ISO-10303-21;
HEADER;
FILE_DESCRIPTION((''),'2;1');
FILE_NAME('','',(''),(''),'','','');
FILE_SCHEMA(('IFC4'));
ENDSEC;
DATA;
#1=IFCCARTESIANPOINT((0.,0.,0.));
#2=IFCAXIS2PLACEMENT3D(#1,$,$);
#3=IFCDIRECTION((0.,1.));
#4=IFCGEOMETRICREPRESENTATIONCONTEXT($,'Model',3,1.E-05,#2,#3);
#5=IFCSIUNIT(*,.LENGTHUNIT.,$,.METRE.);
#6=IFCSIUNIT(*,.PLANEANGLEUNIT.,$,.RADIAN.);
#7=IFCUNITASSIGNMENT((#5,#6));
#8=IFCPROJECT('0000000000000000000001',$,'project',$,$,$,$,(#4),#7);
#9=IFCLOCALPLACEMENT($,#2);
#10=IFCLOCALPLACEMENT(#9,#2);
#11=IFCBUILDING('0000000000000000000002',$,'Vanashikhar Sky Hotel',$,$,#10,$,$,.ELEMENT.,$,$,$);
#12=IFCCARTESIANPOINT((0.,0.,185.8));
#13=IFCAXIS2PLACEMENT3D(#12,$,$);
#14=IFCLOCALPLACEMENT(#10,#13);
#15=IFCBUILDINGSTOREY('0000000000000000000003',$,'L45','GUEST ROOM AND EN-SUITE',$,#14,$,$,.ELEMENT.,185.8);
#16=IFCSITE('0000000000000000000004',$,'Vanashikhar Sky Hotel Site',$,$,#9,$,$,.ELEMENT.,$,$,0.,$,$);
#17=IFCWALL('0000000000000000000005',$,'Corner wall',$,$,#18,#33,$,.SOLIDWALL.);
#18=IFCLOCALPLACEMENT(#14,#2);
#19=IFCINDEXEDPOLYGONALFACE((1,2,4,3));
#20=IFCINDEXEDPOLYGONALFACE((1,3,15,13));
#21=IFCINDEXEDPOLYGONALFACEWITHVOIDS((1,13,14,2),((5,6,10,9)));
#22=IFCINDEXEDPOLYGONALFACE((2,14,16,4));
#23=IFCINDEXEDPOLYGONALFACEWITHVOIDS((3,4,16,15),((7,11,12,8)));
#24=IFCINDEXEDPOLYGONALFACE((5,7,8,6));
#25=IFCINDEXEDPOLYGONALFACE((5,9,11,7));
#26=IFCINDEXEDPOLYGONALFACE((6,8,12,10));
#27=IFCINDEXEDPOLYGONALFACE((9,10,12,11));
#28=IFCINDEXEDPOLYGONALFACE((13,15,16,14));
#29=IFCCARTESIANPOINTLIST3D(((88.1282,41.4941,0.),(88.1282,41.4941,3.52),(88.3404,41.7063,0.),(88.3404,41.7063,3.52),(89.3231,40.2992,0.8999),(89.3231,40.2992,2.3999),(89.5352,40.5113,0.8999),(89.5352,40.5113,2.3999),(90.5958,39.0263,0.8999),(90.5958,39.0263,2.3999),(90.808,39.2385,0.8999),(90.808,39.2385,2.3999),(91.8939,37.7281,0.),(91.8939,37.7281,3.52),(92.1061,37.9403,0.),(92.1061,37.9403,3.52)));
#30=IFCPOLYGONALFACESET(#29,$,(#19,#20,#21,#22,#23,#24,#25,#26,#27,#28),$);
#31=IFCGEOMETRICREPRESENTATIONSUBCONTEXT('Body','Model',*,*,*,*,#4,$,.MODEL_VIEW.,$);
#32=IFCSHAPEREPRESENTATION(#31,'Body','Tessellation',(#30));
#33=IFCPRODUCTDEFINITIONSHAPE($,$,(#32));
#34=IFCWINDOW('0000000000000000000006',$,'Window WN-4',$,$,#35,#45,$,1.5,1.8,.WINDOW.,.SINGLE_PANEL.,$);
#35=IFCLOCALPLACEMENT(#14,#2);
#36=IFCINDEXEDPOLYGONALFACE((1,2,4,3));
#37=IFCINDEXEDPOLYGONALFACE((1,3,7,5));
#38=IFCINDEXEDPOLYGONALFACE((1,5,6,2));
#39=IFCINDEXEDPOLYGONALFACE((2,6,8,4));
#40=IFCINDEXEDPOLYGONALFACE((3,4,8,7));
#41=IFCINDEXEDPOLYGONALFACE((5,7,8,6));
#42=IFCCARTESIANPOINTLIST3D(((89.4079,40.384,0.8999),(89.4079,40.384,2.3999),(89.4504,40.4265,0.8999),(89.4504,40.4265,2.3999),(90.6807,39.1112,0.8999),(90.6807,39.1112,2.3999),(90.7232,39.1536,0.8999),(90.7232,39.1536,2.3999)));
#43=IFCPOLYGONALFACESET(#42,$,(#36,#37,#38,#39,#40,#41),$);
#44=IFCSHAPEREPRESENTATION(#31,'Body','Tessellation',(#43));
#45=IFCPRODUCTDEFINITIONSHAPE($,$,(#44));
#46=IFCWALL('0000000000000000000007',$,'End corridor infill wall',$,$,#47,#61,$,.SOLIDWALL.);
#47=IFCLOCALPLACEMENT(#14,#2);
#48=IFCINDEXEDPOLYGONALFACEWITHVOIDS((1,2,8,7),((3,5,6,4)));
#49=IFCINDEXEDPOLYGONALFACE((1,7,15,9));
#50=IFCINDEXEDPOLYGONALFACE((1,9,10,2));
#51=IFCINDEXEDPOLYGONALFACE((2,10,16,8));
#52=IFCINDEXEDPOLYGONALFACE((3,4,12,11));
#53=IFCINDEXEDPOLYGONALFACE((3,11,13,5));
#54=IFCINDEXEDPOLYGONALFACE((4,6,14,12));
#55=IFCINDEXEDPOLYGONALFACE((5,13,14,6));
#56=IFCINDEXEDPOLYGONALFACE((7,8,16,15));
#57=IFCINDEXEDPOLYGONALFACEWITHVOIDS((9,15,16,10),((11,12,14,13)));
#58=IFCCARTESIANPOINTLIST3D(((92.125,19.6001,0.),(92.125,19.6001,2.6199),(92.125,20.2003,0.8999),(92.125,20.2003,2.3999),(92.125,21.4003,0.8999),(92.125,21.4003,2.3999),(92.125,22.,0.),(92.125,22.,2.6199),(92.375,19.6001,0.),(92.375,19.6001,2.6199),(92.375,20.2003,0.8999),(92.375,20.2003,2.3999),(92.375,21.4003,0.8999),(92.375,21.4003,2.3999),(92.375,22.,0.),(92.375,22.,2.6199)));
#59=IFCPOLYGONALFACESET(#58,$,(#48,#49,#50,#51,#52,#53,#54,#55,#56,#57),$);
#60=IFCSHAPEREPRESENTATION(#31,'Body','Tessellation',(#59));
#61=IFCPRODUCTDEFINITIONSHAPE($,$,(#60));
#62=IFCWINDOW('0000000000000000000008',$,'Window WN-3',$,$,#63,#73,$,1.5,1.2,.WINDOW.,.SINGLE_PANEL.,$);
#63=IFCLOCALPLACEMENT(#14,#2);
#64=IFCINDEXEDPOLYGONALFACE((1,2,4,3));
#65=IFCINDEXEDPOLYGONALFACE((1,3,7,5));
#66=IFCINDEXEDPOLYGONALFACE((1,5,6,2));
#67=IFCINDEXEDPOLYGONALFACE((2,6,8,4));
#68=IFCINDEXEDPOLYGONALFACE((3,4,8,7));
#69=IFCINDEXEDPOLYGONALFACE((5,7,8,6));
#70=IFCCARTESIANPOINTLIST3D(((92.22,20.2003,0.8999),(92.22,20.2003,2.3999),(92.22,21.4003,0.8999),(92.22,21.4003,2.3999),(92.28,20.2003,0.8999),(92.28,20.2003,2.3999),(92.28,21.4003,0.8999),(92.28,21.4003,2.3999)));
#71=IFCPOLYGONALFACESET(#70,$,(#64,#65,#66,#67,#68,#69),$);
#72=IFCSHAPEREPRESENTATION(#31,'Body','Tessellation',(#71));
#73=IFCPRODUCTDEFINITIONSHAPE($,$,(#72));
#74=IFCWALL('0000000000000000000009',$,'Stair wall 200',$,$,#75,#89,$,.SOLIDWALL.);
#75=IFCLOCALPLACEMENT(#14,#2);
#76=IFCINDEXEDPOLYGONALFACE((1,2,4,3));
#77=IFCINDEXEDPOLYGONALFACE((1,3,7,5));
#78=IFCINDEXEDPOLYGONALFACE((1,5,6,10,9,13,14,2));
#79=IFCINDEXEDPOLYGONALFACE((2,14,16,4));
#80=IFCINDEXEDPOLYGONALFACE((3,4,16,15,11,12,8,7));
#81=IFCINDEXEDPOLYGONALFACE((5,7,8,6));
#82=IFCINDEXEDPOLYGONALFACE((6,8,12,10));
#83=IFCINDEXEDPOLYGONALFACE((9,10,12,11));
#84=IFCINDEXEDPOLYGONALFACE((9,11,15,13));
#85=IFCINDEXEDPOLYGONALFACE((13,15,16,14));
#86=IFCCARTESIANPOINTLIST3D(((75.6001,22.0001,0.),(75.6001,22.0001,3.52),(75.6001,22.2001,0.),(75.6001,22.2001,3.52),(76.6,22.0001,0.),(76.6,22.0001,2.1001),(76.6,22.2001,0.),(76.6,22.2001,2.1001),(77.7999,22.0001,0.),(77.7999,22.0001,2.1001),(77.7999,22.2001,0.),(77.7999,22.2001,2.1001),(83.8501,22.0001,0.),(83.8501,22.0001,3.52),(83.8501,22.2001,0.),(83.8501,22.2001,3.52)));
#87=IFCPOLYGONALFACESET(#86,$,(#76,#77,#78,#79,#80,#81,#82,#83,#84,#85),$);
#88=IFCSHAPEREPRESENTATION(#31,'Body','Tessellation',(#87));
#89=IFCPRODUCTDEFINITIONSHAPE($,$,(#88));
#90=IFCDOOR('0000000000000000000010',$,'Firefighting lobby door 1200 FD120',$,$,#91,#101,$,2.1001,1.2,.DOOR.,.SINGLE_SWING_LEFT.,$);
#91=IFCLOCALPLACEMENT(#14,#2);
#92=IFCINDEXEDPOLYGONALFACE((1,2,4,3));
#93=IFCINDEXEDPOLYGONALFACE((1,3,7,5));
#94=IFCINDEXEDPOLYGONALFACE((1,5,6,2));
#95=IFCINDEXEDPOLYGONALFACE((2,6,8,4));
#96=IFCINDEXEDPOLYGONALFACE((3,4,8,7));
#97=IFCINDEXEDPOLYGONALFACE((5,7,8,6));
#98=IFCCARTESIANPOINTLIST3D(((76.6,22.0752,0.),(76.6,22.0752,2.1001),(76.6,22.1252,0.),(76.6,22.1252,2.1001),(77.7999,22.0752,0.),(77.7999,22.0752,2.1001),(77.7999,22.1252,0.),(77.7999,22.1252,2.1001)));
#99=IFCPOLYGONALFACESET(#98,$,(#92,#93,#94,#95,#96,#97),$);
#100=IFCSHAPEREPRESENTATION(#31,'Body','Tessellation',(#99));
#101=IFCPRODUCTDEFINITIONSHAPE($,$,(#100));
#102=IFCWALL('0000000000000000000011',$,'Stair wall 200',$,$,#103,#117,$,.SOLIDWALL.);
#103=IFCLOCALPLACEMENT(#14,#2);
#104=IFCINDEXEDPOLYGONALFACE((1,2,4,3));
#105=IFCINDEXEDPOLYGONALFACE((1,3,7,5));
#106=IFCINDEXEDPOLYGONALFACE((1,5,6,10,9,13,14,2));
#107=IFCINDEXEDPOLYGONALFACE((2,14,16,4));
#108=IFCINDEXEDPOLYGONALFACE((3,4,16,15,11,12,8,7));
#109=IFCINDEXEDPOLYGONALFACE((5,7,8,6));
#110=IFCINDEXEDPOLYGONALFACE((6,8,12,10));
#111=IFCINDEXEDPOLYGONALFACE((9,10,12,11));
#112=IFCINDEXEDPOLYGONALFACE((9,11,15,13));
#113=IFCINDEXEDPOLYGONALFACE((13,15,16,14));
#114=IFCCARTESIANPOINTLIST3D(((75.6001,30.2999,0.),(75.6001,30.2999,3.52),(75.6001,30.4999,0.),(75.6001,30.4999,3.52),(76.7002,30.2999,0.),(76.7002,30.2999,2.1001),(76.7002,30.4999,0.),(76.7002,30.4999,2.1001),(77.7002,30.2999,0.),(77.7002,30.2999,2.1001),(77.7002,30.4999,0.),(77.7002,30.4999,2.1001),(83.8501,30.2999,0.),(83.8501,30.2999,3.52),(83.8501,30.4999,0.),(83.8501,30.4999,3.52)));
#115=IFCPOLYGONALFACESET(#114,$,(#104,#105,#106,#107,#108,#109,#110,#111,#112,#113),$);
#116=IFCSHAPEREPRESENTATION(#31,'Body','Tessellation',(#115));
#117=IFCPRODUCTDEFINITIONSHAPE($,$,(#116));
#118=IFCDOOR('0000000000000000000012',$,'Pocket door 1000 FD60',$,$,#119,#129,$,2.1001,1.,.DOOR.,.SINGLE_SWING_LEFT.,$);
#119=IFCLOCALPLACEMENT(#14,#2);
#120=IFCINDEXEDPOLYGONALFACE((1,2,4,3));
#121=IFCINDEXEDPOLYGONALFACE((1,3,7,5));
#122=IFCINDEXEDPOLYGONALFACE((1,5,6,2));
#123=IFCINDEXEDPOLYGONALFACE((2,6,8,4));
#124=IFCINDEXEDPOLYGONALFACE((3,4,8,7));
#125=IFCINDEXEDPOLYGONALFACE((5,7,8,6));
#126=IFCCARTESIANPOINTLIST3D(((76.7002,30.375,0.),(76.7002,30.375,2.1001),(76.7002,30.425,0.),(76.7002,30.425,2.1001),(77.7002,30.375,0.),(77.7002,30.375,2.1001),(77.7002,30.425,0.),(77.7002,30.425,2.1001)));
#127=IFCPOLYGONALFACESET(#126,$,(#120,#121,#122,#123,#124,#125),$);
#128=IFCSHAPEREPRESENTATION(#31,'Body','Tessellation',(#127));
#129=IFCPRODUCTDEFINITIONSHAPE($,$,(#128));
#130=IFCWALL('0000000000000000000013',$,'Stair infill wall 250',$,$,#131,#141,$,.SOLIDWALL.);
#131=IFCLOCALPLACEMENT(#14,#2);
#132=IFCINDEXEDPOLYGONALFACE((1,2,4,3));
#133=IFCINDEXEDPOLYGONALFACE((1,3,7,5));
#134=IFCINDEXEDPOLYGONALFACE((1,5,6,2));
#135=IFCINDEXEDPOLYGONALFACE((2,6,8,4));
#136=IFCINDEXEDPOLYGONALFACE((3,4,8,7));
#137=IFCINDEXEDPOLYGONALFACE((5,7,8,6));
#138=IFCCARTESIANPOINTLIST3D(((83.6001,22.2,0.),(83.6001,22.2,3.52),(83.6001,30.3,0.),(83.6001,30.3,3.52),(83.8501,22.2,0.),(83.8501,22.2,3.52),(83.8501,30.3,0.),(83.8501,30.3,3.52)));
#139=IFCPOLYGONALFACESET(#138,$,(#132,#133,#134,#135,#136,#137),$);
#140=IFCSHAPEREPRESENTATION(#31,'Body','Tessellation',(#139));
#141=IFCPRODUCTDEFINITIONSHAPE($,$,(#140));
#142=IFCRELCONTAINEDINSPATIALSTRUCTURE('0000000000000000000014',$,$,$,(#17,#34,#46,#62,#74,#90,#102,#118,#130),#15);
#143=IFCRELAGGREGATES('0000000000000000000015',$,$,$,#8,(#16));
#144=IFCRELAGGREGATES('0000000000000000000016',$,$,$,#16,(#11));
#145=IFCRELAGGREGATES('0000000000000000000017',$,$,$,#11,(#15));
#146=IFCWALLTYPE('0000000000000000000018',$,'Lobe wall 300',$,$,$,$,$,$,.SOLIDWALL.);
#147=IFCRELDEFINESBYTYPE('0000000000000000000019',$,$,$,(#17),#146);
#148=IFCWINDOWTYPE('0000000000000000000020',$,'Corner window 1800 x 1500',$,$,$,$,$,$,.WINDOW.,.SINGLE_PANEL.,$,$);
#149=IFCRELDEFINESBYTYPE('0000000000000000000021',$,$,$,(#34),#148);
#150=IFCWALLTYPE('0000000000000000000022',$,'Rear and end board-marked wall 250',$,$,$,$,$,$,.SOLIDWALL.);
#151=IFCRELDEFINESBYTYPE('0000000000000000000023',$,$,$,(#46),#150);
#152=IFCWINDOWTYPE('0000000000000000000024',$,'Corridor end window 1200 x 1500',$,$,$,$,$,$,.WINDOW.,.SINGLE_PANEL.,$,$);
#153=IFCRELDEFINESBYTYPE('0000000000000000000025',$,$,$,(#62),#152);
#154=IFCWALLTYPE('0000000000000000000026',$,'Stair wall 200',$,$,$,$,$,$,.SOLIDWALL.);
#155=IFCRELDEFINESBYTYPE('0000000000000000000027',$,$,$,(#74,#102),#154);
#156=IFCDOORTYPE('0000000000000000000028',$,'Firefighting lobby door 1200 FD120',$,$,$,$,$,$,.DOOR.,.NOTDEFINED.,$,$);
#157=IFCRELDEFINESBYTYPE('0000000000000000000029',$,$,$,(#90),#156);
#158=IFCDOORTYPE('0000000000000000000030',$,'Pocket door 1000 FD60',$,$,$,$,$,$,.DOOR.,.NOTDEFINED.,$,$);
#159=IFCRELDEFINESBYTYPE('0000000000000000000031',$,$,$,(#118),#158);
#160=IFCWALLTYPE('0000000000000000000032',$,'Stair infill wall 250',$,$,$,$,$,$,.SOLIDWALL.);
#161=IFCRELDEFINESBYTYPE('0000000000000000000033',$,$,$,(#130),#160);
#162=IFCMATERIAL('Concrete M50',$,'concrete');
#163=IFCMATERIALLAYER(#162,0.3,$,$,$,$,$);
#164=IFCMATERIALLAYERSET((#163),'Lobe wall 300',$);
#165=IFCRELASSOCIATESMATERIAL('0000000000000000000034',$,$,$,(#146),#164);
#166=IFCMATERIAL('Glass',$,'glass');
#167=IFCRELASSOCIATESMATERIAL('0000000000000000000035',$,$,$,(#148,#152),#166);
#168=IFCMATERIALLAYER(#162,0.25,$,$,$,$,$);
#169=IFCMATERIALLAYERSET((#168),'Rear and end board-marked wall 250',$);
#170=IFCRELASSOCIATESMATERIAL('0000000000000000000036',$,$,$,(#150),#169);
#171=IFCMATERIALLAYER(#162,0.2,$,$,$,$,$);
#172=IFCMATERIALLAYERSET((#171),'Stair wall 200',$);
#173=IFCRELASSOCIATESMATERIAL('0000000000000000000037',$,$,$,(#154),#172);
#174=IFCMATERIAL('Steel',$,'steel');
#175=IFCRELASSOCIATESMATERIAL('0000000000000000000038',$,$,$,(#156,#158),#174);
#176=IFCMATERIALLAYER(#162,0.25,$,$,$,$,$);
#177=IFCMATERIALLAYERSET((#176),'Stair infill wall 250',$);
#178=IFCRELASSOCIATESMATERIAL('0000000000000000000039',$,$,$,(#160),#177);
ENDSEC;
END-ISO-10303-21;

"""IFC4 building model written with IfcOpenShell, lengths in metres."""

from ifc_helpers import new_model, si_unit, direction, frame, frame_2d, origin, place, context, subcontext, project, spatial, rectangle, extrude, source, transform, mapped, material, layer, layer_set, type_object, element, fill, save


model = new_model("IFC4")

# Units and contexts
model_context = context("Model", 3, precision=1e-05, world=origin(), true_north=direction((0.0, 1.0)))
body_context = subcontext(model_context, "Body", "Model", "MODEL_VIEW")
ifc_project = project(units=[si_unit("LENGTHUNIT", "METRE"), si_unit("PLANEANGLEUNIT", "RADIAN")], contexts=[model_context])

# Site, building, storey
site_placement = place(None, origin())
site = spatial("IfcSite", under=ifc_project, at=site_placement, Name="Vanashikhar Sky Hotel Site", CompositionType="ELEMENT", RefElevation=0.0)
building_placement = place(site_placement, origin())
building = spatial("IfcBuilding", under=site, at=building_placement, Name="Vanashikhar Sky Hotel", CompositionType="ELEMENT")
storey_placement = place(building_placement, frame((0.0, 0.0, 185.8)))
storey = spatial("IfcBuildingStorey", under=building, at=storey_placement, Name="L45", Description="GUEST ROOM AND EN-SUITE", CompositionType="ELEMENT", Elevation=185.8)

# Shared definitions
ifc_material_1 = material(Name="Concrete M50", Category="concrete")

# Shared definitions
ifc_material_2 = material(Name="Glass", Category="glass")

# Walls, openings, windows
ifc_layer_1 = layer(ifc_material_1, 0.3)
ifc_layer_set_1 = layer_set([ifc_layer_1], Name="Lobe wall 300")
wall_type_1 = type_object("IfcWallType", Name="Lobe wall 300", PredefinedType="SOLIDWALL", material=ifc_layer_set_1)
shared_shape_1 = source(origin(), body_context, "Body", "SweptSolid", [
    extrude(rectangle(XDim=5.3257, YDim=0.3, at=frame_2d((2.6628, 0.0))), origin(), (0.0, 0.0, 1.0), 3.52),
])
wall_1_placement = place(storey_placement, frame((92.0, 37.8342, 0.0), z_axis=(0.0, 0.0, 1.0), x_axis=(-0.707084, 0.70713, 0.0)))
wall_1 = element("IfcWall", 1, at=wall_1_placement, inside=storey, type_object=wall_type_1, Name="Corner wall", PredefinedType="SOLIDWALL", context=body_context, shape_type="MappedRepresentation", body=[
    mapped(shared_shape_1, transform((0.0, 0.0, 0.0), scale=1.0)),
])
shared_shape_2 = source(origin(), body_context, "Body", "SweptSolid", [
    extrude(rectangle(XDim=1.8, YDim=1.5, at=frame_2d((0.8999, 0.75))), frame((0.0, 0.1602, 0.0), z_axis=(0.0, -1.0, 0.0), x_axis=(1.0, 0.0, 0.0)), (0.0, 0.0, 1.0), 0.3201),
])
opening_1_placement = place(wall_1_placement, frame((1.8359, 0.0, 0.8999)))
opening_1 = element("IfcOpeningElement", 2, at=opening_1_placement, cuts=wall_1, PredefinedType="OPENING", context=body_context, shape_type="MappedRepresentation", body=[
    mapped(shared_shape_2, transform((0.0, 0.0, 0.0), scale=1.0)),
])
window_type_1 = type_object("IfcWindowType", Name="Corner window 1800 x 1500", PartitioningType="SINGLE_PANEL", PredefinedType="WINDOW", material=ifc_material_2)
shared_shape_3 = source(origin(), body_context, "Body", "SweptSolid", [
    extrude(rectangle(XDim=1.8, YDim=1.5, at=frame_2d((0.8999, 0.75))), frame((0.0, 0.03, 0.0), z_axis=(0.0, -1.0, 0.0), x_axis=(1.0, 0.0, 0.0)), (0.0, 0.0, 1.0), 0.0601),
])
window_1_placement = place(opening_1_placement, origin())
window_1 = element("IfcWindow", 3, at=window_1_placement, inside=storey, type_object=window_type_1, Name="Window WN-4", OverallHeight=1.5, OverallWidth=1.8, PartitioningType="SINGLE_PANEL", PredefinedType="WINDOW", context=body_context, shape_type="MappedRepresentation", body=[
    mapped(shared_shape_3, transform((0.0, 0.0, 0.0), scale=1.0)),
])
fill(opening_1, window_1)
ifc_layer_2 = layer(ifc_material_1, 0.25)
ifc_layer_set_2 = layer_set([ifc_layer_2], Name="Rear and end board-marked wall 250")
wall_type_2 = type_object("IfcWallType", Name="Rear and end board-marked wall 250", PredefinedType="SOLIDWALL", material=ifc_layer_set_2)
shared_shape_4 = source(origin(), body_context, "Body", "SweptSolid", [
    extrude(rectangle(XDim=2.3999, YDim=0.25, at=frame_2d((1.2, 0.0))), origin(), (0.0, 0.0, 1.0), 2.6199),
])
wall_2_placement = place(storey_placement, frame((92.25, 19.6001, 0.0), z_axis=(0.0, 0.0, 1.0), x_axis=(0.0, 1.0, 0.0)))
wall_2 = element("IfcWall", 4, at=wall_2_placement, inside=storey, type_object=wall_type_2, Name="End corridor infill wall", PredefinedType="SOLIDWALL", context=body_context, shape_type="MappedRepresentation", body=[
    mapped(shared_shape_4, transform((0.0, 0.0, 0.0), scale=1.0)),
])
shared_shape_5 = source(origin(), body_context, "Body", "SweptSolid", [
    extrude(rectangle(XDim=1.2, YDim=1.5, at=frame_2d((0.6001, 0.75))), frame((0.0, 0.135, 0.0), z_axis=(0.0, -1.0, 0.0), x_axis=(1.0, 0.0, 0.0)), (0.0, 0.0, 1.0), 0.27),
])
opening_2_placement = place(wall_2_placement, frame((0.6001, 0.0, 0.8999)))
opening_2 = element("IfcOpeningElement", 5, at=opening_2_placement, cuts=wall_2, PredefinedType="OPENING", context=body_context, shape_type="MappedRepresentation", body=[
    mapped(shared_shape_5, transform((0.0, 0.0, 0.0), scale=1.0)),
])
window_type_2 = type_object("IfcWindowType", Name="Corridor end window 1200 x 1500", PartitioningType="SINGLE_PANEL", PredefinedType="WINDOW", material=ifc_material_2)
shared_shape_6 = source(origin(), body_context, "Body", "SweptSolid", [
    extrude(rectangle(XDim=1.2, YDim=1.5, at=frame_2d((0.6001, 0.75))), frame((0.0, 0.03, 0.0), z_axis=(0.0, -1.0, 0.0), x_axis=(1.0, 0.0, 0.0)), (0.0, 0.0, 1.0), 0.0601),
])
window_2_placement = place(opening_2_placement, origin())
window_2 = element("IfcWindow", 6, at=window_2_placement, inside=storey, type_object=window_type_2, Name="Window WN-3", OverallHeight=1.5, OverallWidth=1.2, PartitioningType="SINGLE_PANEL", PredefinedType="WINDOW", context=body_context, shape_type="MappedRepresentation", body=[
    mapped(shared_shape_6, transform((0.0, 0.0, 0.0), scale=1.0)),
])
fill(opening_2, window_2)

# Walls, openings, doors
ifc_layer_3 = layer(ifc_material_1, 0.2)
ifc_layer_set_3 = layer_set([ifc_layer_3], Name="Stair wall 200")
wall_type_3 = type_object("IfcWallType", Name="Stair wall 200", PredefinedType="SOLIDWALL", material=ifc_layer_set_3)
shared_shape_7 = source(origin(), body_context, "Body", "SweptSolid", [
    extrude(rectangle(XDim=8.25, YDim=0.2, at=frame_2d((4.125, 0.0))), origin(), (0.0, 0.0, 1.0), 3.52),
])
wall_3_placement = place(storey_placement, frame((83.8501, 22.1001, 0.0), z_axis=(0.0, 0.0, 1.0), x_axis=(-1.0, 0.0, 0.0)))
wall_3 = element("IfcWall", 7, at=wall_3_placement, inside=storey, type_object=wall_type_3, Name="Stair wall 200", PredefinedType="SOLIDWALL", context=body_context, shape_type="MappedRepresentation", body=[
    mapped(shared_shape_7, transform((0.0, 0.0, 0.0), scale=1.0)),
])
shared_shape_8 = source(origin(), body_context, "Body", "SweptSolid", [
    extrude(rectangle(XDim=1.2, YDim=2.1001, at=frame_2d((0.6001, 1.05))), frame((0.0, 0.1099, 0.0), z_axis=(0.0, -1.0, 0.0), x_axis=(1.0, 0.0, 0.0)), (0.0, 0.0, 1.0), 0.22),
])
opening_3_placement = place(wall_3_placement, frame((6.05, 0.0, 0.0)))
opening_3 = element("IfcOpeningElement", 8, at=opening_3_placement, cuts=wall_3, PredefinedType="OPENING", context=body_context, shape_type="MappedRepresentation", body=[
    mapped(shared_shape_8, transform((0.0, 0.0, 0.0), scale=1.0)),
])
ifc_material_3 = material(Name="Steel", Category="steel")
door_type_1 = type_object("IfcDoorType", Name="Firefighting lobby door 1200 FD120", OperationType="NOTDEFINED", PredefinedType="DOOR", material=ifc_material_3)
shared_shape_9 = source(origin(), body_context, "Body", "SweptSolid", [
    extrude(rectangle(XDim=1.2, YDim=2.1001, at=frame_2d((0.6001, 1.05))), frame((0.0, 0.0249, 0.0), z_axis=(0.0, -1.0, 0.0), x_axis=(1.0, 0.0, 0.0)), (0.0, 0.0, 1.0), 0.05),
])
door_1_placement = place(opening_3_placement, origin())
door_1 = element("IfcDoor", 9, at=door_1_placement, inside=storey, type_object=door_type_1, Name="Firefighting lobby door 1200 FD120", OperationType="SINGLE_SWING_LEFT", OverallHeight=2.1001, OverallWidth=1.2, PredefinedType="DOOR", context=body_context, shape_type="MappedRepresentation", body=[
    mapped(shared_shape_9, transform((0.0, 0.0, 0.0), scale=1.0)),
])
fill(opening_3, door_1)
wall_4_placement = place(storey_placement, frame((83.8501, 30.3999, 0.0), z_axis=(0.0, 0.0, 1.0), x_axis=(-1.0, 0.0, 0.0)))
wall_4 = element("IfcWall", 10, at=wall_4_placement, inside=storey, type_object=wall_type_3, Name="Stair wall 200", PredefinedType="SOLIDWALL", context=body_context, shape_type="MappedRepresentation", body=[
    mapped(shared_shape_7, transform((0.0, 0.0, 0.0), scale=1.0)),
])
shared_shape_10 = source(origin(), body_context, "Body", "SweptSolid", [
    extrude(rectangle(XDim=1.0, YDim=2.1001, at=frame_2d((0.5, 1.05))), frame((0.0, 0.1099, 0.0), z_axis=(0.0, -1.0, 0.0), x_axis=(1.0, 0.0, 0.0)), (0.0, 0.0, 1.0), 0.22),
])
opening_4_placement = place(wall_4_placement, frame((6.1499, 0.0, 0.0)))
opening_4 = element("IfcOpeningElement", 11, at=opening_4_placement, cuts=wall_4, PredefinedType="OPENING", context=body_context, shape_type="MappedRepresentation", body=[
    mapped(shared_shape_10, transform((0.0, 0.0, 0.0), scale=1.0)),
])
door_type_2 = type_object("IfcDoorType", Name="Pocket door 1000 FD60", OperationType="NOTDEFINED", PredefinedType="DOOR", material=ifc_material_3)
shared_shape_11 = source(origin(), body_context, "Body", "SweptSolid", [
    extrude(rectangle(XDim=1.0, YDim=2.1001, at=frame_2d((0.5, 1.05))), frame((0.0, 0.0249, 0.0), z_axis=(0.0, -1.0, 0.0), x_axis=(1.0, 0.0, 0.0)), (0.0, 0.0, 1.0), 0.05),
])
door_2_placement = place(opening_4_placement, origin())
door_2 = element("IfcDoor", 12, at=door_2_placement, inside=storey, type_object=door_type_2, Name="Pocket door 1000 FD60", OperationType="SINGLE_SWING_LEFT", OverallHeight=2.1001, OverallWidth=1.0, PredefinedType="DOOR", context=body_context, shape_type="MappedRepresentation", body=[
    mapped(shared_shape_11, transform((0.0, 0.0, 0.0), scale=1.0)),
])
fill(opening_4, door_2)

# Wall
ifc_layer_4 = layer(ifc_material_1, 0.25)
ifc_layer_set_4 = layer_set([ifc_layer_4], Name="Stair infill wall 250")
wall_type_4 = type_object("IfcWallType", Name="Stair infill wall 250", PredefinedType="SOLIDWALL", material=ifc_layer_set_4)
shared_shape_12 = source(origin(), body_context, "Body", "SweptSolid", [
    extrude(rectangle(XDim=8.1001, YDim=0.25, at=frame_2d((4.05, 0.0))), origin(), (0.0, 0.0, 1.0), 3.52),
])
wall_5_placement = place(storey_placement, frame((83.7251, 22.2, 0.0), z_axis=(0.0, 0.0, 1.0), x_axis=(0.0, 1.0, 0.0)))
element("IfcWall", 13, at=wall_5_placement, inside=storey, type_object=wall_type_4, Name="Stair infill wall 250", PredefinedType="SOLIDWALL", context=body_context, shape_type="MappedRepresentation", body=[
    mapped(shared_shape_12, transform((0.0, 0.0, 0.0), scale=1.0)),
])

save(model, "model.ifc")
